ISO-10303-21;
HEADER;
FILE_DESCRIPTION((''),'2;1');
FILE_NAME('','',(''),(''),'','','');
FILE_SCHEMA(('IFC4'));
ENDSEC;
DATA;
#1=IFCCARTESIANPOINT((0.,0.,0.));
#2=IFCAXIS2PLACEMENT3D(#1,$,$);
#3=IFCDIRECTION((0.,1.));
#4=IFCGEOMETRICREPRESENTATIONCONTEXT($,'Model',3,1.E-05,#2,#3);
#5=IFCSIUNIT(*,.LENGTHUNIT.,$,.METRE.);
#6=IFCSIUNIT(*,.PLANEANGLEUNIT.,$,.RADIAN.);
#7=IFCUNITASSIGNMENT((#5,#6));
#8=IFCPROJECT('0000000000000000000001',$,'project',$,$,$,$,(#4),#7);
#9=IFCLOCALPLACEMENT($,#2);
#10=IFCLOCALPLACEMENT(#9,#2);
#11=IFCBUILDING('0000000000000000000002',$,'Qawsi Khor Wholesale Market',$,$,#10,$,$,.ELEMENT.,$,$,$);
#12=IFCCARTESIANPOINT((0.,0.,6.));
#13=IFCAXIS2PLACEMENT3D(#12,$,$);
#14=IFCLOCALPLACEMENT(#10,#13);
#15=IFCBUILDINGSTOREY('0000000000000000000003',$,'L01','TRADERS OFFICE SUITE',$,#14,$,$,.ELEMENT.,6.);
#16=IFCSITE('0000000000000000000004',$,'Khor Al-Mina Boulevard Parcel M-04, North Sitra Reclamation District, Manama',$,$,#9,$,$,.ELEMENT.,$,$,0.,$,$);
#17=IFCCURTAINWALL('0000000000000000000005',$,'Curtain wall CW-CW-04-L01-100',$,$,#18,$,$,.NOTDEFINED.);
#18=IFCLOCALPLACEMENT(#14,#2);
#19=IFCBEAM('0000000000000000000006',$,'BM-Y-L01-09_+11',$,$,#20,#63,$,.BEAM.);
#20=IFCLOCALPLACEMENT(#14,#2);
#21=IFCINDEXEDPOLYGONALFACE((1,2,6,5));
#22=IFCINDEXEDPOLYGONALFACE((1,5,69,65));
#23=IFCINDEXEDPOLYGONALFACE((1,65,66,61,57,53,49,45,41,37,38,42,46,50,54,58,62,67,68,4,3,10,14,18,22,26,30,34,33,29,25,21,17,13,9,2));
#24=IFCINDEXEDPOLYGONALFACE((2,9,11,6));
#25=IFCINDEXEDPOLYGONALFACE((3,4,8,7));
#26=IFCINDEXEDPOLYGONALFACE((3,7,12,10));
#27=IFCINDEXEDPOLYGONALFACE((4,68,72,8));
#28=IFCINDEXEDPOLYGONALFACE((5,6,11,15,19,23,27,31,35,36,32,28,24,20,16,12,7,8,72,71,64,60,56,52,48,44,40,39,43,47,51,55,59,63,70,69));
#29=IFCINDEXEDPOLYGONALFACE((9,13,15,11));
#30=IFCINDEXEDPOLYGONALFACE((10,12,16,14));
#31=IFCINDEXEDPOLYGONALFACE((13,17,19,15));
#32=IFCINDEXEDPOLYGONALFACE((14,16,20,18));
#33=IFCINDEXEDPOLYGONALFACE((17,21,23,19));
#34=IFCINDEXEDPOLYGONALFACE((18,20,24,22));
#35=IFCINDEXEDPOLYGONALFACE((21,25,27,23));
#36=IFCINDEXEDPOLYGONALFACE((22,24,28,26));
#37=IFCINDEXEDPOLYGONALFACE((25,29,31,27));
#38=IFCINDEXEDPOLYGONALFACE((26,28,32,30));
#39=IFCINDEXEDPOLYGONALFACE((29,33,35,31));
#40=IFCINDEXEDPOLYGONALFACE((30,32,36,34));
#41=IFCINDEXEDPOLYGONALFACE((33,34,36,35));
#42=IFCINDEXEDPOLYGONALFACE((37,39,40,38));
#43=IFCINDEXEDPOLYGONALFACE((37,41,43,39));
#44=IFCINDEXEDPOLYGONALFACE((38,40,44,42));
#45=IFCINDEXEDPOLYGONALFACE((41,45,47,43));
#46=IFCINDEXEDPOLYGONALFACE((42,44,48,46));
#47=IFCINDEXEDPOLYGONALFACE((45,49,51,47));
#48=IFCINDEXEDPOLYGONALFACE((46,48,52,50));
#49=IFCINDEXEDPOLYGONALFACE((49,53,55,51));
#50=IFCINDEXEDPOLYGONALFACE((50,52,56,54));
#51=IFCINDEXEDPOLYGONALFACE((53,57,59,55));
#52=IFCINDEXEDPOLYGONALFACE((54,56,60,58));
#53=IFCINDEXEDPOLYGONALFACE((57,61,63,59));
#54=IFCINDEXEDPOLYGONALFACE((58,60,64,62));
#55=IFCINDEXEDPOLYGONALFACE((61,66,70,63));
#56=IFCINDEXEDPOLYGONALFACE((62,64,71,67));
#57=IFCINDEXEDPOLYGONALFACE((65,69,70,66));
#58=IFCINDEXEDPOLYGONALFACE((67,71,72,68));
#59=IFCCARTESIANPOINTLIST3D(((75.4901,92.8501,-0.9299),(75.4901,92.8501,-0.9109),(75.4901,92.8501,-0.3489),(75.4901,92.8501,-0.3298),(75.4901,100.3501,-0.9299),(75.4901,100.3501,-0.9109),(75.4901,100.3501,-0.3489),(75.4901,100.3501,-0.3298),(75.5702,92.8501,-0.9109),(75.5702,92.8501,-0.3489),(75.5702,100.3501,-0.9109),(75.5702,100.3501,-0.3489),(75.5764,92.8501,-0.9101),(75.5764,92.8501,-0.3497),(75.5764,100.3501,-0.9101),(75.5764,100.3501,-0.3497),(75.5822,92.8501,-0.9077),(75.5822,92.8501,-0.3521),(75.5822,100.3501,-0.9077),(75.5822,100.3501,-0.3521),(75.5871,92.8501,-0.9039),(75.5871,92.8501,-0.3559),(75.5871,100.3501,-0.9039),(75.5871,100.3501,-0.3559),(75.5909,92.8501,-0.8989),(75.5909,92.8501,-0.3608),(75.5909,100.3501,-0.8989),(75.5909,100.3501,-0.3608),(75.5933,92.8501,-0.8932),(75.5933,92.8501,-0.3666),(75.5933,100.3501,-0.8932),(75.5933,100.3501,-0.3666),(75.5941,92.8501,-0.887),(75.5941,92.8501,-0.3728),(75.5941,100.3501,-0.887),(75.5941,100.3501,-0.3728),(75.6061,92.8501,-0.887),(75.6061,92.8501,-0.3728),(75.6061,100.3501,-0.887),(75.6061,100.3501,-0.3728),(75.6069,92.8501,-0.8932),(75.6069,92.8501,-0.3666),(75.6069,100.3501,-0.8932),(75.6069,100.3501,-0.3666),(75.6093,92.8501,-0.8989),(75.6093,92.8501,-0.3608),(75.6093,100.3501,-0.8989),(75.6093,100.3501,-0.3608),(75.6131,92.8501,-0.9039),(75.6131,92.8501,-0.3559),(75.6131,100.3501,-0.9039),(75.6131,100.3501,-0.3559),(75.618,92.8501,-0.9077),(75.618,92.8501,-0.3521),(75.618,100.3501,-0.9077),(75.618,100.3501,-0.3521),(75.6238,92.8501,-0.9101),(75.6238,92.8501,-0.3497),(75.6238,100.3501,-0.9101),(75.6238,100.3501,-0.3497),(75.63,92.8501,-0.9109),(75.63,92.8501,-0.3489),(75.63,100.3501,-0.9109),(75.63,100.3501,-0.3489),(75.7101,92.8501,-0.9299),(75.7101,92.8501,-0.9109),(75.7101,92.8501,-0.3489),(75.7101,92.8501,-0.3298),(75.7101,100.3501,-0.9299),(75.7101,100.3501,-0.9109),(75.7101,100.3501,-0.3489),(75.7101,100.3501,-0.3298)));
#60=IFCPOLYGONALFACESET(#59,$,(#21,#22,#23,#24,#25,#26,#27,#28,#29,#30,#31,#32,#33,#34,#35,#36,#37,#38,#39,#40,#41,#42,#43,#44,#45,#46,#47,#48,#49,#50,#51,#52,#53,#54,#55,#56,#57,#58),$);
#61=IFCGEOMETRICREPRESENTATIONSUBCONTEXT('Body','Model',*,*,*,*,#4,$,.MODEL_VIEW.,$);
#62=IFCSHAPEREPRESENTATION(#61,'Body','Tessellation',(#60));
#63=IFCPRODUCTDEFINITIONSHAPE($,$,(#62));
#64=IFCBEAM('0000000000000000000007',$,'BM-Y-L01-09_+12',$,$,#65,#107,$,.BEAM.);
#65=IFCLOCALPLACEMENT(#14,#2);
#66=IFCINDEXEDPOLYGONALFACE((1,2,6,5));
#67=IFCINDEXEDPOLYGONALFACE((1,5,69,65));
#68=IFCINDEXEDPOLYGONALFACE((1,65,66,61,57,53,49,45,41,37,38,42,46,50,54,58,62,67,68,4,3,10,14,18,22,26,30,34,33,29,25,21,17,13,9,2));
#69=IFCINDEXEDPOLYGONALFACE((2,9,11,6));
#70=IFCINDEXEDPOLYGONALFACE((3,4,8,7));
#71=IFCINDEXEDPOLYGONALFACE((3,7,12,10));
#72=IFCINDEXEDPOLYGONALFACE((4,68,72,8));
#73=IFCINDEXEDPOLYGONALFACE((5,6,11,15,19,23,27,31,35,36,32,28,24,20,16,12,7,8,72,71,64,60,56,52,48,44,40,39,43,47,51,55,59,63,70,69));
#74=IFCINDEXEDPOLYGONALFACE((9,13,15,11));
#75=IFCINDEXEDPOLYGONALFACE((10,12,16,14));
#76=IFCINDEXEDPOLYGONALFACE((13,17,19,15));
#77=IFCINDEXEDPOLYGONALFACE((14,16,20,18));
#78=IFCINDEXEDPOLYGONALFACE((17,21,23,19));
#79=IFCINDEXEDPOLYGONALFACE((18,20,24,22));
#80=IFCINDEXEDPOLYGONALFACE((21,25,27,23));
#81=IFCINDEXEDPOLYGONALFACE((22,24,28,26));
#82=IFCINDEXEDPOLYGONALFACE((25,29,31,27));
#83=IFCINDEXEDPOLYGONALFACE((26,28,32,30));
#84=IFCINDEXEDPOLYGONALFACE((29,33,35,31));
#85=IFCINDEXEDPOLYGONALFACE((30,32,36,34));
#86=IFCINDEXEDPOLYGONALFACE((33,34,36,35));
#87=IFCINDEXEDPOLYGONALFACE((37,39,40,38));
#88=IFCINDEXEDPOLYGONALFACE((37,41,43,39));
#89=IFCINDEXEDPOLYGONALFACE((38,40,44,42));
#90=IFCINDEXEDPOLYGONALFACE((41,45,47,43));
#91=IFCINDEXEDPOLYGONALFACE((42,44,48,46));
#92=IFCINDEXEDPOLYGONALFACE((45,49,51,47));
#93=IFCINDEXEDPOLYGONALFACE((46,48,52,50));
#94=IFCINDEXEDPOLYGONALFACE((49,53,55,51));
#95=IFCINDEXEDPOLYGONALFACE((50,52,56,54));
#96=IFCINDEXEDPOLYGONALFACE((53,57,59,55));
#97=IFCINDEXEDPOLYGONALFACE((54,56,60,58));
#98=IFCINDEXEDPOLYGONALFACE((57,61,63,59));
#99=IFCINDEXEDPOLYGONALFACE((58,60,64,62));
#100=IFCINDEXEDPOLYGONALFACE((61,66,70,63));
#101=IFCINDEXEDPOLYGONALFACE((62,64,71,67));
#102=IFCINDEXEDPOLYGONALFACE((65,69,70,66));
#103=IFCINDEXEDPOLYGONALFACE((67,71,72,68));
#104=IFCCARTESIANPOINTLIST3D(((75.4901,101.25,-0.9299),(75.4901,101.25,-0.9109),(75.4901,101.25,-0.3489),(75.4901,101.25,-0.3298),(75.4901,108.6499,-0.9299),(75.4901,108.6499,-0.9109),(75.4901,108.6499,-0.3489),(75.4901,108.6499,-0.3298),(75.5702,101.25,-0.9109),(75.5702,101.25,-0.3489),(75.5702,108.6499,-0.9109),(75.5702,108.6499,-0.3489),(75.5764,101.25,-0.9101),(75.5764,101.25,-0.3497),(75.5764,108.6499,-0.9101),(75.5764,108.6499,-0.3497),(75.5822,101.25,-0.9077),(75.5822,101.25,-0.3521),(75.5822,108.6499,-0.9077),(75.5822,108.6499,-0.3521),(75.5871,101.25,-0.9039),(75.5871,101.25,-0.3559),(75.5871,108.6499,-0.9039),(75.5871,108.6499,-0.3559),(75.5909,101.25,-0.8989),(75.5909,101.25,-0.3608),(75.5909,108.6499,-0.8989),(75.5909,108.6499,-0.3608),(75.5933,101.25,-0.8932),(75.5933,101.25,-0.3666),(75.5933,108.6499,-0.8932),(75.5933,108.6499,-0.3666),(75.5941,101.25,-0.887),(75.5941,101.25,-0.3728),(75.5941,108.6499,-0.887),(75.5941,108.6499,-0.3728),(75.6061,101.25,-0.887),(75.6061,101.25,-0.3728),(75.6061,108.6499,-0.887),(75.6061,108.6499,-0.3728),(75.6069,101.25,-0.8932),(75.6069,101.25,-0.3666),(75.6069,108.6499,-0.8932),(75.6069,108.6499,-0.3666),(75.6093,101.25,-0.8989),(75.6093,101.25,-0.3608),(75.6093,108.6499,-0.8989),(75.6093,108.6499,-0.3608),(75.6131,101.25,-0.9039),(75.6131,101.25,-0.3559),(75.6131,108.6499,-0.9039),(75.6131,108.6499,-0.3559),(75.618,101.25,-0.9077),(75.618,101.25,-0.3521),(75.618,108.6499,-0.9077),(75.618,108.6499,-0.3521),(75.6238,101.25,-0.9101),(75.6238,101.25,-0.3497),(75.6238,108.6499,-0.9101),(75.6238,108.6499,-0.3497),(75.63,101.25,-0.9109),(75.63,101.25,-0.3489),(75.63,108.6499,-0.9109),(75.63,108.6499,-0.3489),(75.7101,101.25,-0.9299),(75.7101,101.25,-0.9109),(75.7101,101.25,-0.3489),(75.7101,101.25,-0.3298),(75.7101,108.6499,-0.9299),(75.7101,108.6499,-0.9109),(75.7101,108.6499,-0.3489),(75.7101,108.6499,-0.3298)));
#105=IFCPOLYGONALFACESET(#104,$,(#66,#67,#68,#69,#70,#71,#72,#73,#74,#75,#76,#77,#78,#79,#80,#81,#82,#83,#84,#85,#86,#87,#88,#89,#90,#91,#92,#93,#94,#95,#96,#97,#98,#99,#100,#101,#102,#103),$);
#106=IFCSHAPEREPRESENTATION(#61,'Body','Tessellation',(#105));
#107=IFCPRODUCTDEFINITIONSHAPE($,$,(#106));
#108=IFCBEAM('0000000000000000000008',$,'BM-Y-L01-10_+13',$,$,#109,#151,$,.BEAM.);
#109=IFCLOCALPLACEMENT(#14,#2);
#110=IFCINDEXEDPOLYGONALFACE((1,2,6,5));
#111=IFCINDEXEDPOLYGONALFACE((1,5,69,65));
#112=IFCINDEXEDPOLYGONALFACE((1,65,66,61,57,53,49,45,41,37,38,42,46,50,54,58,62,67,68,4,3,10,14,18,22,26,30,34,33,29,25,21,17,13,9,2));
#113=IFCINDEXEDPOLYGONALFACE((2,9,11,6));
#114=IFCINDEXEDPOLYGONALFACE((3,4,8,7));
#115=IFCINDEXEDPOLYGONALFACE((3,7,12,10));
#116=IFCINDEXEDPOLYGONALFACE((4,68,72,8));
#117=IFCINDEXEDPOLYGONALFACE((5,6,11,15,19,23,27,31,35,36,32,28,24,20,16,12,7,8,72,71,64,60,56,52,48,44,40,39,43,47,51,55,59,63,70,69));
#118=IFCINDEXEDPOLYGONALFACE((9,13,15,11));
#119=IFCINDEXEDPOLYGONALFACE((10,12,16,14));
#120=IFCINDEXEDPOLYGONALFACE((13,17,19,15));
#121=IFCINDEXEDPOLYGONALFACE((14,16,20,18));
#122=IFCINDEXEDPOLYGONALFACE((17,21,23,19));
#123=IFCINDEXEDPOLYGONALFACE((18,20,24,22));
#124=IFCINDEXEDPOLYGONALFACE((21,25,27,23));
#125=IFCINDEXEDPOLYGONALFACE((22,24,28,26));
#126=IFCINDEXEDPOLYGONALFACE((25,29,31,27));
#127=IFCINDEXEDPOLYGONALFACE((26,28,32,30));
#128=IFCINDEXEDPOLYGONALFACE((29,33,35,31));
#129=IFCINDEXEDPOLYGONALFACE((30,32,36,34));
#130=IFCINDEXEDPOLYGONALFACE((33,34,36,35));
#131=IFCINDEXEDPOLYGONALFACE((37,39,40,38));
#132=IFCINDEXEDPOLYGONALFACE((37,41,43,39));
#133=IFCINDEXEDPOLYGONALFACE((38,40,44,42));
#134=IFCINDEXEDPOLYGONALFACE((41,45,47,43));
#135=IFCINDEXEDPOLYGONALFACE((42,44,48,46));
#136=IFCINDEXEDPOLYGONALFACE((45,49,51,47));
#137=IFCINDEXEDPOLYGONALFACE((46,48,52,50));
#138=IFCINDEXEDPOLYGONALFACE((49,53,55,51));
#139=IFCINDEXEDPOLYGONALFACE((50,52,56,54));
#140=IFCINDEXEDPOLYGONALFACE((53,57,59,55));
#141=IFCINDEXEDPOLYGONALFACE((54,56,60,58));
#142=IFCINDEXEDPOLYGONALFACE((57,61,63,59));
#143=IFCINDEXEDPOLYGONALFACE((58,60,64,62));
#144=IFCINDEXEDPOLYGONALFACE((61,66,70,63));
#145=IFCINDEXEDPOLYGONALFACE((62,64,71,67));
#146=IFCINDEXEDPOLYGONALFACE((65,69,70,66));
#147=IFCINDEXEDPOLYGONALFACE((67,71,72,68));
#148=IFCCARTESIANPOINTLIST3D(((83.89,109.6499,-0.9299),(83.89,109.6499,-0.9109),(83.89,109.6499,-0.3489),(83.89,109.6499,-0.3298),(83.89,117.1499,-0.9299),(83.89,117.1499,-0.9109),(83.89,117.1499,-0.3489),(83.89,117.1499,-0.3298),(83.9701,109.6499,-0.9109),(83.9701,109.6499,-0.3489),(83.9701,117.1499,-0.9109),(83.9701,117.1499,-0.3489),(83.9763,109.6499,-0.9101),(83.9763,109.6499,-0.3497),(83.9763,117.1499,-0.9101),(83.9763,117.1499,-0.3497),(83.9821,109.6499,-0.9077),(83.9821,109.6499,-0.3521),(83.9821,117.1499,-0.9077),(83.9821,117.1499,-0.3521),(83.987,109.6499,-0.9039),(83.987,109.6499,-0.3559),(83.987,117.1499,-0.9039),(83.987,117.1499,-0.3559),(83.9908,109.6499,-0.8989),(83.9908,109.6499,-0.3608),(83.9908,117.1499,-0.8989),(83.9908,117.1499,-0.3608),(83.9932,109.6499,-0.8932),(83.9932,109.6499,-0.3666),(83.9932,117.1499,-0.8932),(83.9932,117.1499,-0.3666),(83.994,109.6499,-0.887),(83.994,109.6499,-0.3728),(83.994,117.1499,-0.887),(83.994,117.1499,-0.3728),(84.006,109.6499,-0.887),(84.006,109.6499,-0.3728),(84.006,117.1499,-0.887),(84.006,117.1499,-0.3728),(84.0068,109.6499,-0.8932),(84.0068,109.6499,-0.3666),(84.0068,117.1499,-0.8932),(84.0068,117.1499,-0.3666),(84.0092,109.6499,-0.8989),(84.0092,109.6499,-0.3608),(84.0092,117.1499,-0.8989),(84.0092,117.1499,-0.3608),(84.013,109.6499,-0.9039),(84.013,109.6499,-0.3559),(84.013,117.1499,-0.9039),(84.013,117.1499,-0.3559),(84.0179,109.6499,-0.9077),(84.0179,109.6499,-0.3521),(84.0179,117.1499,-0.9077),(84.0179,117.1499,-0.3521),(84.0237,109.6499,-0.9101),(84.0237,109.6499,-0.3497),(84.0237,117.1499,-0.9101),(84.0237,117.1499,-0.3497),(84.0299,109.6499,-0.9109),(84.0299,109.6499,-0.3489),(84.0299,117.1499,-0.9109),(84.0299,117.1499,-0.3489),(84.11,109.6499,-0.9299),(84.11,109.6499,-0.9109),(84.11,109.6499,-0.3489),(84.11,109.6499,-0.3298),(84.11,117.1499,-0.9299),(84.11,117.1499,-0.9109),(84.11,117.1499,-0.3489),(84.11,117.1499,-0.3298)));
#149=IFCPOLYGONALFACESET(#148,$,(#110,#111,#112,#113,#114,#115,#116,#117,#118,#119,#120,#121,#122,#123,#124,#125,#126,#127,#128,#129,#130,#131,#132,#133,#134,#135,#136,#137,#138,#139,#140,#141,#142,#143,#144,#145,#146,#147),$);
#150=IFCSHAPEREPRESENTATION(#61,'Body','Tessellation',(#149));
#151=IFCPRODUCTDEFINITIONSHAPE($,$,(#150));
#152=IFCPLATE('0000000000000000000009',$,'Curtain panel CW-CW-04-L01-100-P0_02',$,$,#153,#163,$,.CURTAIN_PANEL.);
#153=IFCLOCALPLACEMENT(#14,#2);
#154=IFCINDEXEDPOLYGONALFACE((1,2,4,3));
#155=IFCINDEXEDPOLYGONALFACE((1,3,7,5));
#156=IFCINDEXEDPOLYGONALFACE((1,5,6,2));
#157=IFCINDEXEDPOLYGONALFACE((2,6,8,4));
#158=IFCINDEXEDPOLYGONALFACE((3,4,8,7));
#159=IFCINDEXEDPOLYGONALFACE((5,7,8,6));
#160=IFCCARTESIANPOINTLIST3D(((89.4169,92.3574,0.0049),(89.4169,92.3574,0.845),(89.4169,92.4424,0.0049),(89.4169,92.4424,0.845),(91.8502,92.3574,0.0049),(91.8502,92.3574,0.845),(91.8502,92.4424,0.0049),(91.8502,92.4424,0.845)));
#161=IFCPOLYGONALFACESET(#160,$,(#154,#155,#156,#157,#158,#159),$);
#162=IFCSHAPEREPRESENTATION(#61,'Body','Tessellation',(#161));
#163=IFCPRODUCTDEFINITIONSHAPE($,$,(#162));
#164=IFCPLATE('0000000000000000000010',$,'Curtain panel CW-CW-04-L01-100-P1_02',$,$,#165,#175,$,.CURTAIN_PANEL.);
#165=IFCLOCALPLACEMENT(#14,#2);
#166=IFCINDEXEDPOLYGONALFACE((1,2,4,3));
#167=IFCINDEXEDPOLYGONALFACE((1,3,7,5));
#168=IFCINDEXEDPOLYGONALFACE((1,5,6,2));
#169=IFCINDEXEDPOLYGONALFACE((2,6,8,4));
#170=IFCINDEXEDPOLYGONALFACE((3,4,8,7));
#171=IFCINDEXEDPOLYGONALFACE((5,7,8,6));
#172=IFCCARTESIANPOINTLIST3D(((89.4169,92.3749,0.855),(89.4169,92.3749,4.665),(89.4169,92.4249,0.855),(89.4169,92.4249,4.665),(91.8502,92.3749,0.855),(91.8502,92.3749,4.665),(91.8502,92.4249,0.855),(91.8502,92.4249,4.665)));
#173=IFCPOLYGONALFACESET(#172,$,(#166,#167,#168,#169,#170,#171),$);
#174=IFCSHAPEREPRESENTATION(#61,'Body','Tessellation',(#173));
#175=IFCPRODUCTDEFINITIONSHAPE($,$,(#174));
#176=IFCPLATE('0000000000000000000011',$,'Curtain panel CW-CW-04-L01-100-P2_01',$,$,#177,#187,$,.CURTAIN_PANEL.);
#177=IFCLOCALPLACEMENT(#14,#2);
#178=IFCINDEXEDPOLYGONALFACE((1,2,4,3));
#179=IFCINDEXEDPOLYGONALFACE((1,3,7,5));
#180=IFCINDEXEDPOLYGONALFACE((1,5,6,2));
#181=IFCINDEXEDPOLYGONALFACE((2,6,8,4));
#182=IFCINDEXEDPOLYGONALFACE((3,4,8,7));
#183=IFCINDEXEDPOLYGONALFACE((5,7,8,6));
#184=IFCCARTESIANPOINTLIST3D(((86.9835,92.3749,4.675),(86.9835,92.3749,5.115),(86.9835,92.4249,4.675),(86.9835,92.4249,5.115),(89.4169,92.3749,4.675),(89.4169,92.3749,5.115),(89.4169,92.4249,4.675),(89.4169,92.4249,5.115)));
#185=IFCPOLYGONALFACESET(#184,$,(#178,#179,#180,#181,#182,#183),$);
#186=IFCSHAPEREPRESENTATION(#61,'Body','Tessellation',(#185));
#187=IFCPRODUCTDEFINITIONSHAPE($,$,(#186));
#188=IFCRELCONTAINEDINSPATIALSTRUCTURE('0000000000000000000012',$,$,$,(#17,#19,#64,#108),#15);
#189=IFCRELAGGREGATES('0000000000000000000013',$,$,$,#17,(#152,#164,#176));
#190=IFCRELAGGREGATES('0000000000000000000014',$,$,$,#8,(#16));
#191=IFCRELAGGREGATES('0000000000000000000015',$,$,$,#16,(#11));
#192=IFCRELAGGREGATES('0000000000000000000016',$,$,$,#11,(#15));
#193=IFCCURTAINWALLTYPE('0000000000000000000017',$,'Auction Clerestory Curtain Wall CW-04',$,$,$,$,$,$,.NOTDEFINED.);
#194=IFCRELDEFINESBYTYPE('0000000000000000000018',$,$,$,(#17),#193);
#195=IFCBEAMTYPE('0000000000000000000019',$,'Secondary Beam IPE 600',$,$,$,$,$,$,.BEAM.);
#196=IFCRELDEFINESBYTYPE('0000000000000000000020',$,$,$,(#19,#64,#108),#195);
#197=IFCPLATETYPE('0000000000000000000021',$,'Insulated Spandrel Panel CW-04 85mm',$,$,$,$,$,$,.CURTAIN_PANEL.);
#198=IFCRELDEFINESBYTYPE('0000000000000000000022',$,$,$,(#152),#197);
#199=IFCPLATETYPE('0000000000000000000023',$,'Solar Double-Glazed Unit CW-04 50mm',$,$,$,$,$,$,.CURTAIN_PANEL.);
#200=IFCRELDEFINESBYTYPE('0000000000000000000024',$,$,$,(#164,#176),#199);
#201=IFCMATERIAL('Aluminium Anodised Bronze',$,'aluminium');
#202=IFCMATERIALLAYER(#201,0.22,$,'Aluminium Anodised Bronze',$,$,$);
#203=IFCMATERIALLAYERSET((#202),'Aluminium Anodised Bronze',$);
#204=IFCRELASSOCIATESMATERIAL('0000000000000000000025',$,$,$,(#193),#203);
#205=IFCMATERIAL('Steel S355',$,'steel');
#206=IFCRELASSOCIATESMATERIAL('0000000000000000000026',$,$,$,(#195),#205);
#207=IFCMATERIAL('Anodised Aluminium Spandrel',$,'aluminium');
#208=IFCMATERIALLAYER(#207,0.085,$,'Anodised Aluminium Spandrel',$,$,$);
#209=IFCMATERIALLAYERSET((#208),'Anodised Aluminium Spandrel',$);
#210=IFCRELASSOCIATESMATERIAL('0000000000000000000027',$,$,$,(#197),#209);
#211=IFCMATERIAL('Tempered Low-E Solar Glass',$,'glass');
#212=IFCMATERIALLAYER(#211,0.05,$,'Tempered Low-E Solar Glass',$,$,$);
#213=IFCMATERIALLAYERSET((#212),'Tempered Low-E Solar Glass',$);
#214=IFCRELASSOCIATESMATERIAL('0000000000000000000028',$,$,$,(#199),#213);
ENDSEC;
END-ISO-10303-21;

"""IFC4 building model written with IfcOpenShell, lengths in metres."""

from ifc_helpers import new_model, si_unit, direction, frame, frame_2d, origin, origin_2d, place, context, subcontext, project, spatial, rectangle, i_section, extrude, material, layer, layer_set, material_profile, profile_set, type_object, element, aggregate, save


model = new_model("IFC4")

# Units and contexts
model_context = context("Model", 3, precision=1e-05, world=origin(), true_north=direction((0.0, 1.0)))
body_context = subcontext(model_context, "Body", "Model", "MODEL_VIEW")
ifc_project = project(units=[si_unit("LENGTHUNIT", "METRE"), si_unit("PLANEANGLEUNIT", "RADIAN")], contexts=[model_context])

# Site, building, storey
site_placement = place(None, origin())
site = spatial("IfcSite", under=ifc_project, at=site_placement, Name="Khor Al-Mina Boulevard Parcel M-04, North Sitra Reclamation District, Manama", CompositionType="ELEMENT", RefElevation=0.0)
building_placement = place(site_placement, origin())
building = spatial("IfcBuilding", under=site, at=building_placement, Name="Qawsi Khor Wholesale Market", CompositionType="ELEMENT")
storey_placement = place(building_placement, frame((0.0, 0.0, 6.0)))
storey = spatial("IfcBuildingStorey", under=building, at=storey_placement, Name="L01", Description="TRADERS OFFICE SUITE", CompositionType="ELEMENT", Elevation=6.0)

# Curtain wall
ifc_material_1 = material(Name="Aluminium Anodised Bronze", Category="aluminium")
ifc_layer_1 = layer(ifc_material_1, 0.22, Name="Aluminium Anodised Bronze")
ifc_layer_set_1 = layer_set([ifc_layer_1], Name="Aluminium Anodised Bronze")
curtain_wall_type = type_object("IfcCurtainWallType", Name="Auction Clerestory Curtain Wall CW-04", PredefinedType="NOTDEFINED", material=ifc_layer_set_1)
curtain_wall_placement = place(storey_placement, origin())
curtain_wall = element("IfcCurtainWall", 1, at=curtain_wall_placement, inside=storey, type_object=curtain_wall_type, Name="Curtain wall CW-CW-04-L01-100", PredefinedType="NOTDEFINED")

# Beams
ifc_material_2 = material(Name="Steel S355", Category="steel")
ifc_material_profile_1 = material_profile(ifc_material_2, i_section(OverallWidth=0.22, OverallDepth=0.6001, WebThickness=0.012, FlangeThickness=0.019, FilletRadius=0.0239, at=origin_2d()), Name="IPE 600")
ifc_profile_set_1 = profile_set([ifc_material_profile_1], Name="Steel S355")
beam_type_1 = type_object("IfcBeamType", Name="Secondary Beam IPE 600", PredefinedType="BEAM", material=ifc_profile_set_1)
beam_1_placement = place(storey_placement, frame((75.6001, 92.8501, -0.6299), z_axis=(0.0, 1.0, 0.0), x_axis=(-1.0, 0.0, 0.0)))
element("IfcBeam", 2, at=beam_1_placement, inside=storey, type_object=beam_type_1, Name="BM-Y-L01-09_+11", PredefinedType="BEAM", context=body_context, shape_type="SweptSolid", body=[
    extrude(i_section(OverallWidth=0.22, OverallDepth=0.6001, WebThickness=0.012, FlangeThickness=0.019, FilletRadius=0.0239, at=origin_2d()), origin(), (0.0, 0.0, 1.0), 7.5),
])
beam_2_placement = place(storey_placement, frame((75.6001, 101.25, -0.6299), z_axis=(0.0, 1.0, 0.0), x_axis=(-1.0, 0.0, 0.0)))
element("IfcBeam", 3, at=beam_2_placement, inside=storey, type_object=beam_type_1, Name="BM-Y-L01-09_+12", PredefinedType="BEAM", context=body_context, shape_type="SweptSolid", body=[
    extrude(i_section(OverallWidth=0.22, OverallDepth=0.6001, WebThickness=0.012, FlangeThickness=0.019, FilletRadius=0.0239, at=origin_2d()), origin(), (0.0, 0.0, 1.0), 7.3999),
])
beam_3_placement = place(storey_placement, frame((84.0, 109.6499, -0.6299), z_axis=(0.0, 1.0, 0.0), x_axis=(-1.0, 0.0, 0.0)))
element("IfcBeam", 4, at=beam_3_placement, inside=storey, type_object=beam_type_1, Name="BM-Y-L01-10_+13", PredefinedType="BEAM", context=body_context, shape_type="SweptSolid", body=[
    extrude(i_section(OverallWidth=0.22, OverallDepth=0.6001, WebThickness=0.012, FlangeThickness=0.019, FilletRadius=0.0239, at=origin_2d()), origin(), (0.0, 0.0, 1.0), 7.5),
])

# Plates
ifc_material_3 = material(Name="Anodised Aluminium Spandrel", Category="aluminium")
ifc_layer_2 = layer(ifc_material_3, 0.085, Name="Anodised Aluminium Spandrel")
ifc_layer_set_2 = layer_set([ifc_layer_2], Name="Anodised Aluminium Spandrel")
plate_type_1 = type_object("IfcPlateType", Name="Insulated Spandrel Panel CW-04 85mm", PredefinedType="CURTAIN_PANEL", material=ifc_layer_set_2)
plate_1_placement = place(storey_placement, frame((89.4167, 92.3999, 0.0049), z_axis=(0.0, 0.0, 1.0), x_axis=(1.0, 0.0, 0.0)))
plate_1 = element("IfcPlate", 5, at=plate_1_placement, type_object=plate_type_1, Name="Curtain panel CW-CW-04-L01-100-P0_02", PredefinedType="CURTAIN_PANEL", context=body_context, shape_type="SweptSolid", body=[
    extrude(rectangle(XDim=2.4333, YDim=0.085, at=frame_2d((1.2168, 0.0))), origin(), (0.0, 0.0, 1.0), 0.8401),
])
ifc_material_4 = material(Name="Tempered Low-E Solar Glass", Category="glass")
ifc_layer_3 = layer(ifc_material_4, 0.05, Name="Tempered Low-E Solar Glass")
ifc_layer_set_3 = layer_set([ifc_layer_3], Name="Tempered Low-E Solar Glass")
plate_type_2 = type_object("IfcPlateType", Name="Solar Double-Glazed Unit CW-04 50mm", PredefinedType="CURTAIN_PANEL", material=ifc_layer_set_3)
plate_2_placement = place(storey_placement, frame((89.4167, 92.3999, 0.855), z_axis=(0.0, 0.0, 1.0), x_axis=(1.0, 0.0, 0.0)))
plate_2 = element("IfcPlate", 6, at=plate_2_placement, type_object=plate_type_2, Name="Curtain panel CW-CW-04-L01-100-P1_02", PredefinedType="CURTAIN_PANEL", context=body_context, shape_type="SweptSolid", body=[
    extrude(rectangle(XDim=2.4333, YDim=0.05, at=frame_2d((1.2168, 0.0))), origin(), (0.0, 0.0, 1.0), 3.8101),
])
plate_3_placement = place(storey_placement, frame((86.9834, 92.3999, 4.675), z_axis=(0.0, 0.0, 1.0), x_axis=(1.0, 0.0, 0.0)))
plate_3 = element("IfcPlate", 7, at=plate_3_placement, type_object=plate_type_2, Name="Curtain panel CW-CW-04-L01-100-P2_01", PredefinedType="CURTAIN_PANEL", context=body_context, shape_type="SweptSolid", body=[
    extrude(rectangle(XDim=2.4333, YDim=0.05, at=frame_2d((1.2168, 0.0))), origin(), (0.0, 0.0, 1.0), 0.4399),
])
aggregate(curtain_wall, [plate_1, plate_2, plate_3])

save(model, "model.ifc")
